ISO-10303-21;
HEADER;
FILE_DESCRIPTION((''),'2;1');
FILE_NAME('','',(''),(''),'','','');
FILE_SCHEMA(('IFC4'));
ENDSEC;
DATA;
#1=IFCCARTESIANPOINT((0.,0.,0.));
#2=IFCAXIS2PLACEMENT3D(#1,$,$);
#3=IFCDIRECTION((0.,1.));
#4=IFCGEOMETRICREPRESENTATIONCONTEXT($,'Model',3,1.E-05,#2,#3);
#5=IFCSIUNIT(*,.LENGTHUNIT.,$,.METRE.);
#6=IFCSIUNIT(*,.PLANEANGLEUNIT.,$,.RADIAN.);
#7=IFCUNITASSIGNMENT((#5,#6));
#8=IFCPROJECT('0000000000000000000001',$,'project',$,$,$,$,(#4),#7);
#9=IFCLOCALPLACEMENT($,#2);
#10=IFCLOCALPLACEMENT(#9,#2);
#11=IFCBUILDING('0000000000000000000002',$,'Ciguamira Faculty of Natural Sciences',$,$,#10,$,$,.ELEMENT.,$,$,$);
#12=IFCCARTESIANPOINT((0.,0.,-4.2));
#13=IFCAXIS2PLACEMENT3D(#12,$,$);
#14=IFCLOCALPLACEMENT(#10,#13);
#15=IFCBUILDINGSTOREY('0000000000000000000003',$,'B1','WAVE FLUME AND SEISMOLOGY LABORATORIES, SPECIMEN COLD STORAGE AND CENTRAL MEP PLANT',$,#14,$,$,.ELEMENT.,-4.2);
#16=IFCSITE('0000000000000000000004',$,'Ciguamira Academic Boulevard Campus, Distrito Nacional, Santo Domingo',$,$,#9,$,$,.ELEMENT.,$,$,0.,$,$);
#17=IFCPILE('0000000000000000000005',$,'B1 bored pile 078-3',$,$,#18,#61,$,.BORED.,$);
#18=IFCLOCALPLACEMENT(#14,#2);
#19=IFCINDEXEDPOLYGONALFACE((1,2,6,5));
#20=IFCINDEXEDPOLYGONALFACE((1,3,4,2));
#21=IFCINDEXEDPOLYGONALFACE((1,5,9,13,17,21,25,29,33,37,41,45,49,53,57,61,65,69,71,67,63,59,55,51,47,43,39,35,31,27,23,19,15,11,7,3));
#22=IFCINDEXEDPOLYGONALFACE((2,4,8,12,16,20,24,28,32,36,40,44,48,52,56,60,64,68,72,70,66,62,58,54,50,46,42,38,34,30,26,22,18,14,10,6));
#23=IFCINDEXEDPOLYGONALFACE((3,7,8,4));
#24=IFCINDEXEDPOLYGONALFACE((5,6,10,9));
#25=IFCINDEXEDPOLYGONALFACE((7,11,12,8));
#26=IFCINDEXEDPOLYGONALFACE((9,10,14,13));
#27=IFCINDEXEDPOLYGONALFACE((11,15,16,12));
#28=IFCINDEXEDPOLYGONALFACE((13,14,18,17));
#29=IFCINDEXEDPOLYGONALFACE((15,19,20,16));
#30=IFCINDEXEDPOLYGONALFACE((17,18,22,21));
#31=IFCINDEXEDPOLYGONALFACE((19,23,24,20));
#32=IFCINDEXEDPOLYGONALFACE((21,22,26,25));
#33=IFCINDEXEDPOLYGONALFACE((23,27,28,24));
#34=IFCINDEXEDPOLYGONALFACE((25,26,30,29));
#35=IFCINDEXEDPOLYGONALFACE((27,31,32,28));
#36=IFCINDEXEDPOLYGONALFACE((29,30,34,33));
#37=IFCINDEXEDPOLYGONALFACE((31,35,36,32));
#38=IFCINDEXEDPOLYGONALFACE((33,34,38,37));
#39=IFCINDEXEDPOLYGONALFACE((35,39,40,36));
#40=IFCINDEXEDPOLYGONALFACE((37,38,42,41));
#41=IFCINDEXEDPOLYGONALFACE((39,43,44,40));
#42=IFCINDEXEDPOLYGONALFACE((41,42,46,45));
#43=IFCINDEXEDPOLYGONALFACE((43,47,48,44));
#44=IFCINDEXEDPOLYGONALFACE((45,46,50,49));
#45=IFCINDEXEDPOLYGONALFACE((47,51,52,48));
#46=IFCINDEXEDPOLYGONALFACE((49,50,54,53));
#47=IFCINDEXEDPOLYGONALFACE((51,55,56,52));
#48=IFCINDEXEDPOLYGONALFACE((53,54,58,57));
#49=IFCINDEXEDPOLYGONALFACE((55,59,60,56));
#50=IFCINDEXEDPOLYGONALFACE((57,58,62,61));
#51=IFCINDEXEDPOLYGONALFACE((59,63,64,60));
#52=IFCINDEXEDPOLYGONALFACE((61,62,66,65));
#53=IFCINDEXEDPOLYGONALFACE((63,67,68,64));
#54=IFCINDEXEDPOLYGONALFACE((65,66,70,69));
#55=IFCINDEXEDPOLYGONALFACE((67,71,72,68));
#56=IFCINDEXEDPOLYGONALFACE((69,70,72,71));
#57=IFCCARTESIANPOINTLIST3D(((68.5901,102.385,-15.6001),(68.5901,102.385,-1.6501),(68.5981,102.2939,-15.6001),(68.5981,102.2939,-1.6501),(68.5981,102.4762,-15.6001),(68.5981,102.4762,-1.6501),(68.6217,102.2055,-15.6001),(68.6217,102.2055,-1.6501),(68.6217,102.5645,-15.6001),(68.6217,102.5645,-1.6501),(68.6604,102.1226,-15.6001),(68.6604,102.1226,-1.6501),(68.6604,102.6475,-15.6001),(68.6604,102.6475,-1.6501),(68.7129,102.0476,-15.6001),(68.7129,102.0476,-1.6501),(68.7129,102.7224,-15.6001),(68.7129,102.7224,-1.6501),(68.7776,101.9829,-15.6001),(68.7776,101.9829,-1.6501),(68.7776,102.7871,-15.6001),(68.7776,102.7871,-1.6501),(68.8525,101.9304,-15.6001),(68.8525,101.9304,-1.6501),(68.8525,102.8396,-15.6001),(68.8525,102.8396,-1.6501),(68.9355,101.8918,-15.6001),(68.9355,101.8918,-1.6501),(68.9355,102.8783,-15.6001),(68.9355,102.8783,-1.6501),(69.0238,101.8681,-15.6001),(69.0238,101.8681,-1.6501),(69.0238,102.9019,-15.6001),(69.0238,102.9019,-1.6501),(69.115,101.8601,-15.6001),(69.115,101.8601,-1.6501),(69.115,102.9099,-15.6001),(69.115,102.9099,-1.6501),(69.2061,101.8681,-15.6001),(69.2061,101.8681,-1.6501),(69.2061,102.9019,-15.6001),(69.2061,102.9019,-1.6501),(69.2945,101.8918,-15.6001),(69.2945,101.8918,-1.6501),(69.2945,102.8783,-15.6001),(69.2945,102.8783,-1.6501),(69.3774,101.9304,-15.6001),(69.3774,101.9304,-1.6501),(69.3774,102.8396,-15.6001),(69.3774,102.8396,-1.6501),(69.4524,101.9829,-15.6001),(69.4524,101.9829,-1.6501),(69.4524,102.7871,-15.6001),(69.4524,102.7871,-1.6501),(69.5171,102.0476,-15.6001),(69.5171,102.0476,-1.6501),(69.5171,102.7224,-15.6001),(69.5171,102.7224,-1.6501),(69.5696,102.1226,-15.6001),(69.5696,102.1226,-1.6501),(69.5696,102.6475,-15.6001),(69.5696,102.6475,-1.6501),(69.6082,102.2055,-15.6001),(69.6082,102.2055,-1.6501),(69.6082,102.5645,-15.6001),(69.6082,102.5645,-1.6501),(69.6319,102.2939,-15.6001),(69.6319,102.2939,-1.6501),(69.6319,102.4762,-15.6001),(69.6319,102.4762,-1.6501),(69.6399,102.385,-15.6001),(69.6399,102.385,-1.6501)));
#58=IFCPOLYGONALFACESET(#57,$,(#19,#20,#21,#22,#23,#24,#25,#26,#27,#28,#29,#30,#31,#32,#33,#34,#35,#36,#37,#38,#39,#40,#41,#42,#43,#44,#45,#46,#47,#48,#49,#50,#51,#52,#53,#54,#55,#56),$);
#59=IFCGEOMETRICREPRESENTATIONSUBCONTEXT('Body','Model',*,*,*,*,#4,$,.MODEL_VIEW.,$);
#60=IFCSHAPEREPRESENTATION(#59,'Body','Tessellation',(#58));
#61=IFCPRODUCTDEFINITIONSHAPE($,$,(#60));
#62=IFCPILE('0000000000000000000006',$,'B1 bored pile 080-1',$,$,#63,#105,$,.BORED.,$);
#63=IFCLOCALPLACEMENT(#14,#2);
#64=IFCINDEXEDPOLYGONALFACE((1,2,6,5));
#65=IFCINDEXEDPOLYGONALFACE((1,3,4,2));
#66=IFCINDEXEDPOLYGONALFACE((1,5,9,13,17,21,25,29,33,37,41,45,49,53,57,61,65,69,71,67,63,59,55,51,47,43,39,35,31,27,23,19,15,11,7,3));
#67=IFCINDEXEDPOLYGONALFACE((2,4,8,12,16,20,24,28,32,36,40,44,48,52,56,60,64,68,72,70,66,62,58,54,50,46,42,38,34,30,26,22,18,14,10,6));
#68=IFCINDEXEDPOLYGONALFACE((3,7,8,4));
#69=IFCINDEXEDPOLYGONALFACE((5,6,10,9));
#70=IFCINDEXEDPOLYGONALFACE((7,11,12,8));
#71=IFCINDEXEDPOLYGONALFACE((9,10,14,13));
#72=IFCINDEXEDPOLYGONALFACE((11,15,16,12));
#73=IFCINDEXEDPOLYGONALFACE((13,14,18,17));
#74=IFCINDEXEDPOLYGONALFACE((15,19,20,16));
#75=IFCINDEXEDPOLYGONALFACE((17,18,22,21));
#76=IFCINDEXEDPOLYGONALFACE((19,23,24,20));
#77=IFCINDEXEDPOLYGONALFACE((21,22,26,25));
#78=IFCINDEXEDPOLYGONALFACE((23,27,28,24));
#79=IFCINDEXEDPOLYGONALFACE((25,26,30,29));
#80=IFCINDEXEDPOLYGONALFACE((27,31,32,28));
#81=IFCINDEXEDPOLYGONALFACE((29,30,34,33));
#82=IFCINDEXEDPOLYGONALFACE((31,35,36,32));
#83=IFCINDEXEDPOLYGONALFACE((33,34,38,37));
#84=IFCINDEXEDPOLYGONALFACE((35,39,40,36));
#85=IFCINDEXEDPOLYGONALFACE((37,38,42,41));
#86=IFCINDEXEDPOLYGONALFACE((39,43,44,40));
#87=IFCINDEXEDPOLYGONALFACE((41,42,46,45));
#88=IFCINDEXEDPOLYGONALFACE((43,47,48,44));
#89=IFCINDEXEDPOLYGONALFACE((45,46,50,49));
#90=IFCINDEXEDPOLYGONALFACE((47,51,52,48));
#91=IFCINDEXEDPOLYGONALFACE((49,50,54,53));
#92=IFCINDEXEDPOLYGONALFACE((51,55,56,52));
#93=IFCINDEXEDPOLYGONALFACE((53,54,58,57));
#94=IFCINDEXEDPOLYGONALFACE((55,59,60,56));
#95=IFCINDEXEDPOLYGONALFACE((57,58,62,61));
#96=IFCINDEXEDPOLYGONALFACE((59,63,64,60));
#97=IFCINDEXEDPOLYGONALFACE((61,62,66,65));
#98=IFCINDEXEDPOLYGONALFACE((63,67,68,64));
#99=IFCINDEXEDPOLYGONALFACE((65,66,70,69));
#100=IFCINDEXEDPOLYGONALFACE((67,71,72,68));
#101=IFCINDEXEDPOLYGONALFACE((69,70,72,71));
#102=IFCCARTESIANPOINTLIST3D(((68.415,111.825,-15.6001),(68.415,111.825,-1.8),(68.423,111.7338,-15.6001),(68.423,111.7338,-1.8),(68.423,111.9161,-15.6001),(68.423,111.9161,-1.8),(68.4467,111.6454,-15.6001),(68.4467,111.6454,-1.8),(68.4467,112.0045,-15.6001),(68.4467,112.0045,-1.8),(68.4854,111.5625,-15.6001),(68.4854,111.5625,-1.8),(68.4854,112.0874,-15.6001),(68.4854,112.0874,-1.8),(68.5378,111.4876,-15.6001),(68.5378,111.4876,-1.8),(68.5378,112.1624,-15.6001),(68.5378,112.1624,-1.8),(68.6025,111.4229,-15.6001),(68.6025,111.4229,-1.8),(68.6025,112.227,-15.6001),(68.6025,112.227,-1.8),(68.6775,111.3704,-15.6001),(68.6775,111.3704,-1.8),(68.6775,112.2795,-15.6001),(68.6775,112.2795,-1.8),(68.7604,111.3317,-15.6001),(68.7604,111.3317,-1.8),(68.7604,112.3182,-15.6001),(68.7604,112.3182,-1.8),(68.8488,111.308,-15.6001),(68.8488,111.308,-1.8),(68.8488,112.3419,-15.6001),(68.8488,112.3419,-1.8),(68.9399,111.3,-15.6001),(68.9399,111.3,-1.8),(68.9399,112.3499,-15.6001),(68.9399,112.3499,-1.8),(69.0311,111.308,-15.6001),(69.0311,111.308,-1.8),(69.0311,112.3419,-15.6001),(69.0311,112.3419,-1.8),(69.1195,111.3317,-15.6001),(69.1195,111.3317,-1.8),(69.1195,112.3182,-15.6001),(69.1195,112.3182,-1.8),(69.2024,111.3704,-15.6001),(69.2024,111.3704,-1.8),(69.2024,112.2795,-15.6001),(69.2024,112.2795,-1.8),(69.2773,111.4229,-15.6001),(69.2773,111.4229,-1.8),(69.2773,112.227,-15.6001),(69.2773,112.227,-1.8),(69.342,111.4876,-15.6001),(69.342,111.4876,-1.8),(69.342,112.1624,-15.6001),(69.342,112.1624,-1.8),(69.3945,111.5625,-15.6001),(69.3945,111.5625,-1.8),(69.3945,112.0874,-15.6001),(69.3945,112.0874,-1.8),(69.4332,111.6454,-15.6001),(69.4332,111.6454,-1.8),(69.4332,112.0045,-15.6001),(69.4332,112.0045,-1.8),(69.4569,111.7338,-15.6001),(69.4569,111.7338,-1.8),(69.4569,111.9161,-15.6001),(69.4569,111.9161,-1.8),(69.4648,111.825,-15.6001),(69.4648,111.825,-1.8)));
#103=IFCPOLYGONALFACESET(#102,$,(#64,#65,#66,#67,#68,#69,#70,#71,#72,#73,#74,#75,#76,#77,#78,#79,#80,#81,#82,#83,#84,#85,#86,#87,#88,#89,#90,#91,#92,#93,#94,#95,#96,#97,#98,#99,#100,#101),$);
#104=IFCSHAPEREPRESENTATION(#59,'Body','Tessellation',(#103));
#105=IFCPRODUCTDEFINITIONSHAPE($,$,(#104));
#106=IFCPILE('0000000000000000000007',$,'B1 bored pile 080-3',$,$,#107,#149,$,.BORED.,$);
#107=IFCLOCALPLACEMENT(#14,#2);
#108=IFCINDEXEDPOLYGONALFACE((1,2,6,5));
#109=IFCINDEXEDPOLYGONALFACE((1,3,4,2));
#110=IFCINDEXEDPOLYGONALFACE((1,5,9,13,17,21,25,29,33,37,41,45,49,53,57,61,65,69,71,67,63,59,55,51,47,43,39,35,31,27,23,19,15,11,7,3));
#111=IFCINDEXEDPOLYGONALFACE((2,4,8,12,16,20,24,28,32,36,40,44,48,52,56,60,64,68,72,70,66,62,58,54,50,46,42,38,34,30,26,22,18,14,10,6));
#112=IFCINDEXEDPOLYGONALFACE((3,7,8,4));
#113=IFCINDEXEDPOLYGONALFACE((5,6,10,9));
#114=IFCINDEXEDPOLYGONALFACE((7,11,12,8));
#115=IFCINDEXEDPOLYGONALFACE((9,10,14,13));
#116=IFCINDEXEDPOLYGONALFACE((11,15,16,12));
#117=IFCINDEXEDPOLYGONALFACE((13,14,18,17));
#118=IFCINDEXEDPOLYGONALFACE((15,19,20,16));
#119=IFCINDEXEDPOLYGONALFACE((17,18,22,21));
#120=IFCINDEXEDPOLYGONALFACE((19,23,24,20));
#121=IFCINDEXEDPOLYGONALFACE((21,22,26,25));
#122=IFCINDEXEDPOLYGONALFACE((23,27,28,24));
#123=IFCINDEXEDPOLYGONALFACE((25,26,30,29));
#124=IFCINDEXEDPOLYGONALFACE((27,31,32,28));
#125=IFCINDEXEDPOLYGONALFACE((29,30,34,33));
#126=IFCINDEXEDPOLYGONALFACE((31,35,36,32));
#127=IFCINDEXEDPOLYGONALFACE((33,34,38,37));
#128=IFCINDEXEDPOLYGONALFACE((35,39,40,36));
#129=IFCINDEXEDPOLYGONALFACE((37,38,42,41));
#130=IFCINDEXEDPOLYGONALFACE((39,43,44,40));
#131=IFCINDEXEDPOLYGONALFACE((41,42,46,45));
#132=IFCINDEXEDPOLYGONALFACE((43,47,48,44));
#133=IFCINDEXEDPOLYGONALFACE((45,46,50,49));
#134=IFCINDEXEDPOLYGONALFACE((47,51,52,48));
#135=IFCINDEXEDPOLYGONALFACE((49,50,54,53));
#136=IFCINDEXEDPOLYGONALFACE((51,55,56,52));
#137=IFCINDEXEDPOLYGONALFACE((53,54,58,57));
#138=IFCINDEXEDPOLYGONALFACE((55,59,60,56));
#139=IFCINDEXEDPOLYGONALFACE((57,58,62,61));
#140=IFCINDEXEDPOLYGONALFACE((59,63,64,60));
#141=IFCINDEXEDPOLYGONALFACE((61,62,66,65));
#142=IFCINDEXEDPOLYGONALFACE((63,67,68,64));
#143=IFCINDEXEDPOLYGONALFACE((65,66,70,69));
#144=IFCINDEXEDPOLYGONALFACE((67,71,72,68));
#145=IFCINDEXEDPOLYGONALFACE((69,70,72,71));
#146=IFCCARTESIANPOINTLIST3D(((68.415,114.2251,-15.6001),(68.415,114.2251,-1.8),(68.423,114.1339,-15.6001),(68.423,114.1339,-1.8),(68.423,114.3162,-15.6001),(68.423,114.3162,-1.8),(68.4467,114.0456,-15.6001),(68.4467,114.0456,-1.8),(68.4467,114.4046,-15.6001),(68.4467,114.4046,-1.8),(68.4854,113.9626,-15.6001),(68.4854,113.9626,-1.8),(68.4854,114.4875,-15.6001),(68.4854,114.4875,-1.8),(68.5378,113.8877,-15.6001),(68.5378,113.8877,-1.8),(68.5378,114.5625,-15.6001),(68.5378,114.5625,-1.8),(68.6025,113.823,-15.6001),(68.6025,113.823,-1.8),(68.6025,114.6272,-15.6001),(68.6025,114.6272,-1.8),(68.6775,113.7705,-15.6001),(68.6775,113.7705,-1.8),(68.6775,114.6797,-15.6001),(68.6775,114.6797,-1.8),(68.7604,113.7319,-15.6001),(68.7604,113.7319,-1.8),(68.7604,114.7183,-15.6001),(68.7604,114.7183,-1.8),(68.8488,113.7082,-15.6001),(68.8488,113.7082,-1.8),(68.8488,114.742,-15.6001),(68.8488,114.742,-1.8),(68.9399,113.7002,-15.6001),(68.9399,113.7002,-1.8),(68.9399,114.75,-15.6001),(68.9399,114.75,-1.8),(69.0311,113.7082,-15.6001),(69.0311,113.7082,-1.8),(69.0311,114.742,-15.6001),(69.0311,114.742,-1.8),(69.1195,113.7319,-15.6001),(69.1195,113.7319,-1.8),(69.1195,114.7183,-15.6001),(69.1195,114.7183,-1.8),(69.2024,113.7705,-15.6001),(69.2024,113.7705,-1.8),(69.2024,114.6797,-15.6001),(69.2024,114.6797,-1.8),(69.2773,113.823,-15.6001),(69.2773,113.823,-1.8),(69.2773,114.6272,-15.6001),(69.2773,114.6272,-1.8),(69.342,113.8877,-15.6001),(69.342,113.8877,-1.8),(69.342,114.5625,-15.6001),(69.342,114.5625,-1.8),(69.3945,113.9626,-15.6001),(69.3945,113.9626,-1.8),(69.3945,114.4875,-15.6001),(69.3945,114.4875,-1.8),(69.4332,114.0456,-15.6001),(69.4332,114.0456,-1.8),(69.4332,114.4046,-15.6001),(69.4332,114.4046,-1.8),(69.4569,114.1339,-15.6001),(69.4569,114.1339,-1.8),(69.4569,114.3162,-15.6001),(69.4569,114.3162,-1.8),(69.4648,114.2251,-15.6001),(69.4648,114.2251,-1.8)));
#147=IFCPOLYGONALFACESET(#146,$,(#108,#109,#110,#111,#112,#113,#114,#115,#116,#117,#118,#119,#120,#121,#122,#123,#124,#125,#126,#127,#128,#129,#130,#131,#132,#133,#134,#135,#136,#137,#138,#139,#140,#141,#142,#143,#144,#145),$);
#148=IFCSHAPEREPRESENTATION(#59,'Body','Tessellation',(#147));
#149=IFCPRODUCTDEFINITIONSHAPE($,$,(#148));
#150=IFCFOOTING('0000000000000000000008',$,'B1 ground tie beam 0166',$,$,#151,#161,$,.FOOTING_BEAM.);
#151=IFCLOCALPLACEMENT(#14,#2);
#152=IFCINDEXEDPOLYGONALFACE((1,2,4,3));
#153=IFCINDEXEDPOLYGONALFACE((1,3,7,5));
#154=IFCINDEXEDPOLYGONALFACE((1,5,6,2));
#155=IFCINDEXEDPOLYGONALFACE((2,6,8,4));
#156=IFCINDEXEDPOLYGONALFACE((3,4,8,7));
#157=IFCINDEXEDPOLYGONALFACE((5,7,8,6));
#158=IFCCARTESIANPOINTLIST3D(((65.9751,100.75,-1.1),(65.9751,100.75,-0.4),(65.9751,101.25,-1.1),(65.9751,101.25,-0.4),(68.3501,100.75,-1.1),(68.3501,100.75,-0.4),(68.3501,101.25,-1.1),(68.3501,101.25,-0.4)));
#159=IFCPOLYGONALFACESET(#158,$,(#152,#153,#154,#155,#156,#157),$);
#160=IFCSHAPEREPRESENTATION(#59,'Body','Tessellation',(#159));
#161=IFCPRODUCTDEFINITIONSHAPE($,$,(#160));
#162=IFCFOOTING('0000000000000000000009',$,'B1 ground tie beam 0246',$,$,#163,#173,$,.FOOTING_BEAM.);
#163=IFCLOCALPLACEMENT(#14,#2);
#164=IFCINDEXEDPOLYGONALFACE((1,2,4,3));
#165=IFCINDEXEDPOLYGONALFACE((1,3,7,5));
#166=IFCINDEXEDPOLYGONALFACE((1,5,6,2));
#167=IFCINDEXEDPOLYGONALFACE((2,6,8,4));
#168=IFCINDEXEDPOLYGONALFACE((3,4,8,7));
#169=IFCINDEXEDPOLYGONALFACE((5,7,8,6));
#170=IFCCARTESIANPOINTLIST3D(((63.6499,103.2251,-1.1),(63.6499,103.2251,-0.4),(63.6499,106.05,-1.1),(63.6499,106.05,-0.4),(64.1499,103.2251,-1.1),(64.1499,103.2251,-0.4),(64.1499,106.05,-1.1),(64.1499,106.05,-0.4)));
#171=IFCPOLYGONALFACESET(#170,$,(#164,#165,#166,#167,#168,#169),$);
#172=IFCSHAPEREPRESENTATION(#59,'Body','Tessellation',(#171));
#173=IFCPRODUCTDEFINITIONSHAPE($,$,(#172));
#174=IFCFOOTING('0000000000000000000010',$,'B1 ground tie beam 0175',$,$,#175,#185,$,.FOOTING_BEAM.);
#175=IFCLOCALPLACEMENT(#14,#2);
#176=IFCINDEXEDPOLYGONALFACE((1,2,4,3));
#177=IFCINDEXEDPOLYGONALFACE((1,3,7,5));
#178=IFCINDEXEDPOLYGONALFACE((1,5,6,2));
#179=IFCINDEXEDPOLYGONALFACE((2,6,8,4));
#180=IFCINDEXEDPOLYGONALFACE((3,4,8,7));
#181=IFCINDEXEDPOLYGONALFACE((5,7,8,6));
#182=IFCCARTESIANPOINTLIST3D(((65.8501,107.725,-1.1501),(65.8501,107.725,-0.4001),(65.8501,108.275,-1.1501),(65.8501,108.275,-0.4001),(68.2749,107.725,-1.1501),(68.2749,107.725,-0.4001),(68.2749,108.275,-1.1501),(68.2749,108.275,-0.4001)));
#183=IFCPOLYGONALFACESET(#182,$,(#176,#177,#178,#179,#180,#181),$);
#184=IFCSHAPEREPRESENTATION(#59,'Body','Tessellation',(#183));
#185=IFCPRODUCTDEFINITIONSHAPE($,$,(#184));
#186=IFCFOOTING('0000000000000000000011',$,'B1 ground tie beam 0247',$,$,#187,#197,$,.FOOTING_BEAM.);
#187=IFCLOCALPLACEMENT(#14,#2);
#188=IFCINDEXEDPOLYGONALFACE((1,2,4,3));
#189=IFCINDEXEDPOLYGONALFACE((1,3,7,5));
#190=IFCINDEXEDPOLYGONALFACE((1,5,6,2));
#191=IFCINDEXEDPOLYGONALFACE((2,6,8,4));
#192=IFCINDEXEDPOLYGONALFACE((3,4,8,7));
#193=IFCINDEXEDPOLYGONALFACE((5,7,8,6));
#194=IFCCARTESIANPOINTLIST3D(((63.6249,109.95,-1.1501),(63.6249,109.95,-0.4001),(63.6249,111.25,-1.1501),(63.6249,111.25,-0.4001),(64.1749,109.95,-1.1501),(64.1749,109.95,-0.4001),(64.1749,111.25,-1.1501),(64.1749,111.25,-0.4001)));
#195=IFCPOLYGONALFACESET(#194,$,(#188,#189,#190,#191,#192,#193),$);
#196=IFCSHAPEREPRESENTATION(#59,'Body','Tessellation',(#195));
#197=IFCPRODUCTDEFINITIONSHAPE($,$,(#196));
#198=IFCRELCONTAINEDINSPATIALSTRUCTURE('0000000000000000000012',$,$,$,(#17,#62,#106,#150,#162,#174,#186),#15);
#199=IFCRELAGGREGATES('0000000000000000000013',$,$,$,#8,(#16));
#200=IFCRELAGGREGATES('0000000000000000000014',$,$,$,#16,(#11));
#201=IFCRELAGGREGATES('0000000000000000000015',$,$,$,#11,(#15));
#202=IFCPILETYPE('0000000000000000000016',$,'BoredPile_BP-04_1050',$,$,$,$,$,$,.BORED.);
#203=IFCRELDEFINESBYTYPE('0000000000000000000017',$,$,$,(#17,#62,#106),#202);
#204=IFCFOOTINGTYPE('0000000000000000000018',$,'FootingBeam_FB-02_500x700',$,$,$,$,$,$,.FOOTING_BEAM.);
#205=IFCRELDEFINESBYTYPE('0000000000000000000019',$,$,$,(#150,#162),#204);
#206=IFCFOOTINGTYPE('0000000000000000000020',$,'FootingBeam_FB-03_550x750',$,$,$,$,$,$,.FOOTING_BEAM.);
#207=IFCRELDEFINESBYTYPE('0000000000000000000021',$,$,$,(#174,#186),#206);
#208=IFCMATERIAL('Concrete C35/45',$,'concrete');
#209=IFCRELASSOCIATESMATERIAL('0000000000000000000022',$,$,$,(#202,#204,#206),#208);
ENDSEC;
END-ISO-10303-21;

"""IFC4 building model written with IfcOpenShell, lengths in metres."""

from ifc_helpers import new_model, si_unit, direction, frame, origin, origin_2d, place, context, subcontext, project, spatial, rectangle, circle, extrude, material, material_profile, profile_set, type_object, element, save


model = new_model("IFC4")

# Units and contexts
model_context = context("Model", 3, precision=1e-05, world=origin(), true_north=direction((0.0, 1.0)))
body_context = subcontext(model_context, "Body", "Model", "MODEL_VIEW")
ifc_project = project(units=[si_unit("LENGTHUNIT", "METRE"), si_unit("PLANEANGLEUNIT", "RADIAN")], contexts=[model_context])

# Site, building, storey
site_placement = place(None, origin())
site = spatial("IfcSite", under=ifc_project, at=site_placement, Name="Ciguamira Academic Boulevard Campus, Distrito Nacional, Santo Domingo", CompositionType="ELEMENT", RefElevation=0.0)
building_placement = place(site_placement, origin())
building = spatial("IfcBuilding", under=site, at=building_placement, Name="Ciguamira Faculty of Natural Sciences", CompositionType="ELEMENT")
storey_placement = place(building_placement, frame((0.0, 0.0, -4.2)))
storey = spatial("IfcBuildingStorey", under=building, at=storey_placement, Name="B1", Description="WAVE FLUME AND SEISMOLOGY LABORATORIES, SPECIMEN COLD STORAGE AND CENTRAL MEP PLANT", CompositionType="ELEMENT", Elevation=-4.2)

# Piles
ifc_material_1 = material(Name="Concrete C35/45", Category="concrete")
ifc_material_profile_1 = material_profile(ifc_material_1, circle(Radius=0.5249, at=origin_2d()), Name="PILE-BORED-1050")
ifc_profile_set_1 = profile_set([ifc_material_profile_1], Name="Concrete C35/45")
pile_type_1 = type_object("IfcPileType", Name="BoredPile_BP-04_1050", PredefinedType="BORED", material=ifc_profile_set_1)
for number, where, z_axis, x_axis, name in (
    (1, (69.115, 102.385, -1.6501), (0.0, 0.0, -1.0), (1.0, 0.0, 0.0), "B1 bored pile 078-3"),
):
    element("IfcPile", number, at=place(storey_placement, frame(where, z_axis=z_axis, x_axis=x_axis)), inside=storey, type_object=pile_type_1, Name=name, PredefinedType="BORED", context=body_context, shape_type="SweptSolid", body=[
        extrude(circle(Radius=0.5249, at=origin_2d()), origin(), (0.0, 0.0, 1.0), 13.95),
    ])
for number, where, z_axis, x_axis, name in (
    (2, (68.9399, 111.825, -1.8), (0.0, 0.0, -1.0), (1.0, 0.0, 0.0), "B1 bored pile 080-1"),
    (3, (68.9399, 114.2251, -1.8), (0.0, 0.0, -1.0), (1.0, 0.0, 0.0), "B1 bored pile 080-3"),
):
    element("IfcPile", number, at=place(storey_placement, frame(where, z_axis=z_axis, x_axis=x_axis)), inside=storey, type_object=pile_type_1, Name=name, PredefinedType="BORED", context=body_context, shape_type="SweptSolid", body=[
        extrude(circle(Radius=0.5249, at=origin_2d()), origin(), (0.0, 0.0, 1.0), 13.8),
    ])

# Footings
ifc_material_profile_2 = material_profile(ifc_material_1, rectangle(XDim=0.5, YDim=0.7, at=origin_2d()), Name="RC-FB-500X700")
ifc_profile_set_2 = profile_set([ifc_material_profile_2], Name="Concrete C35/45")
footing_type_1 = type_object("IfcFootingType", Name="FootingBeam_FB-02_500x700", PredefinedType="FOOTING_BEAM", material=ifc_profile_set_2)
footing_1_placement = place(storey_placement, frame((65.9751, 101.0, -0.75), z_axis=(1.0, 0.0, 0.0), x_axis=(0.0, 1.0, 0.0)))
element("IfcFooting", 4, at=footing_1_placement, inside=storey, type_object=footing_type_1, Name="B1 ground tie beam 0166", PredefinedType="FOOTING_BEAM", context=body_context, shape_type="SweptSolid", body=[
    extrude(rectangle(XDim=0.5, YDim=0.7, at=origin_2d()), origin(), (0.0, 0.0, 1.0), 2.375),
])
footing_2_placement = place(storey_placement, frame((63.8999, 103.2251, -0.75), z_axis=(0.0, 1.0, 0.0), x_axis=(-1.0, 0.0, 0.0)))
element("IfcFooting", 5, at=footing_2_placement, inside=storey, type_object=footing_type_1, Name="B1 ground tie beam 0246", PredefinedType="FOOTING_BEAM", context=body_context, shape_type="SweptSolid", body=[
    extrude(rectangle(XDim=0.5, YDim=0.7, at=origin_2d()), origin(), (0.0, 0.0, 1.0), 2.825),
])
ifc_material_profile_3 = material_profile(ifc_material_1, rectangle(XDim=0.55, YDim=0.75, at=origin_2d()), Name="RC-FB-550X750")
ifc_profile_set_3 = profile_set([ifc_material_profile_3], Name="Concrete C35/45")
footing_type_2 = type_object("IfcFootingType", Name="FootingBeam_FB-03_550x750", PredefinedType="FOOTING_BEAM", material=ifc_profile_set_3)
footing_3_placement = place(storey_placement, frame((65.8501, 108.0, -0.7751), z_axis=(1.0, 0.0, 0.0), x_axis=(0.0, 1.0, 0.0)))
element("IfcFooting", 6, at=footing_3_placement, inside=storey, type_object=footing_type_2, Name="B1 ground tie beam 0175", PredefinedType="FOOTING_BEAM", context=body_context, shape_type="SweptSolid", body=[
    extrude(rectangle(XDim=0.55, YDim=0.75, at=origin_2d()), origin(), (0.0, 0.0, 1.0), 2.4248),
])
footing_4_placement = place(storey_placement, frame((63.8999, 109.95, -0.7751), z_axis=(0.0, 1.0, 0.0), x_axis=(-1.0, 0.0, 0.0)))
element("IfcFooting", 7, at=footing_4_placement, inside=storey, type_object=footing_type_2, Name="B1 ground tie beam 0247", PredefinedType="FOOTING_BEAM", context=body_context, shape_type="SweptSolid", body=[
    extrude(rectangle(XDim=0.55, YDim=0.75, at=origin_2d()), origin(), (0.0, 0.0, 1.0), 1.3),
])

save(model, "model.ifc")
